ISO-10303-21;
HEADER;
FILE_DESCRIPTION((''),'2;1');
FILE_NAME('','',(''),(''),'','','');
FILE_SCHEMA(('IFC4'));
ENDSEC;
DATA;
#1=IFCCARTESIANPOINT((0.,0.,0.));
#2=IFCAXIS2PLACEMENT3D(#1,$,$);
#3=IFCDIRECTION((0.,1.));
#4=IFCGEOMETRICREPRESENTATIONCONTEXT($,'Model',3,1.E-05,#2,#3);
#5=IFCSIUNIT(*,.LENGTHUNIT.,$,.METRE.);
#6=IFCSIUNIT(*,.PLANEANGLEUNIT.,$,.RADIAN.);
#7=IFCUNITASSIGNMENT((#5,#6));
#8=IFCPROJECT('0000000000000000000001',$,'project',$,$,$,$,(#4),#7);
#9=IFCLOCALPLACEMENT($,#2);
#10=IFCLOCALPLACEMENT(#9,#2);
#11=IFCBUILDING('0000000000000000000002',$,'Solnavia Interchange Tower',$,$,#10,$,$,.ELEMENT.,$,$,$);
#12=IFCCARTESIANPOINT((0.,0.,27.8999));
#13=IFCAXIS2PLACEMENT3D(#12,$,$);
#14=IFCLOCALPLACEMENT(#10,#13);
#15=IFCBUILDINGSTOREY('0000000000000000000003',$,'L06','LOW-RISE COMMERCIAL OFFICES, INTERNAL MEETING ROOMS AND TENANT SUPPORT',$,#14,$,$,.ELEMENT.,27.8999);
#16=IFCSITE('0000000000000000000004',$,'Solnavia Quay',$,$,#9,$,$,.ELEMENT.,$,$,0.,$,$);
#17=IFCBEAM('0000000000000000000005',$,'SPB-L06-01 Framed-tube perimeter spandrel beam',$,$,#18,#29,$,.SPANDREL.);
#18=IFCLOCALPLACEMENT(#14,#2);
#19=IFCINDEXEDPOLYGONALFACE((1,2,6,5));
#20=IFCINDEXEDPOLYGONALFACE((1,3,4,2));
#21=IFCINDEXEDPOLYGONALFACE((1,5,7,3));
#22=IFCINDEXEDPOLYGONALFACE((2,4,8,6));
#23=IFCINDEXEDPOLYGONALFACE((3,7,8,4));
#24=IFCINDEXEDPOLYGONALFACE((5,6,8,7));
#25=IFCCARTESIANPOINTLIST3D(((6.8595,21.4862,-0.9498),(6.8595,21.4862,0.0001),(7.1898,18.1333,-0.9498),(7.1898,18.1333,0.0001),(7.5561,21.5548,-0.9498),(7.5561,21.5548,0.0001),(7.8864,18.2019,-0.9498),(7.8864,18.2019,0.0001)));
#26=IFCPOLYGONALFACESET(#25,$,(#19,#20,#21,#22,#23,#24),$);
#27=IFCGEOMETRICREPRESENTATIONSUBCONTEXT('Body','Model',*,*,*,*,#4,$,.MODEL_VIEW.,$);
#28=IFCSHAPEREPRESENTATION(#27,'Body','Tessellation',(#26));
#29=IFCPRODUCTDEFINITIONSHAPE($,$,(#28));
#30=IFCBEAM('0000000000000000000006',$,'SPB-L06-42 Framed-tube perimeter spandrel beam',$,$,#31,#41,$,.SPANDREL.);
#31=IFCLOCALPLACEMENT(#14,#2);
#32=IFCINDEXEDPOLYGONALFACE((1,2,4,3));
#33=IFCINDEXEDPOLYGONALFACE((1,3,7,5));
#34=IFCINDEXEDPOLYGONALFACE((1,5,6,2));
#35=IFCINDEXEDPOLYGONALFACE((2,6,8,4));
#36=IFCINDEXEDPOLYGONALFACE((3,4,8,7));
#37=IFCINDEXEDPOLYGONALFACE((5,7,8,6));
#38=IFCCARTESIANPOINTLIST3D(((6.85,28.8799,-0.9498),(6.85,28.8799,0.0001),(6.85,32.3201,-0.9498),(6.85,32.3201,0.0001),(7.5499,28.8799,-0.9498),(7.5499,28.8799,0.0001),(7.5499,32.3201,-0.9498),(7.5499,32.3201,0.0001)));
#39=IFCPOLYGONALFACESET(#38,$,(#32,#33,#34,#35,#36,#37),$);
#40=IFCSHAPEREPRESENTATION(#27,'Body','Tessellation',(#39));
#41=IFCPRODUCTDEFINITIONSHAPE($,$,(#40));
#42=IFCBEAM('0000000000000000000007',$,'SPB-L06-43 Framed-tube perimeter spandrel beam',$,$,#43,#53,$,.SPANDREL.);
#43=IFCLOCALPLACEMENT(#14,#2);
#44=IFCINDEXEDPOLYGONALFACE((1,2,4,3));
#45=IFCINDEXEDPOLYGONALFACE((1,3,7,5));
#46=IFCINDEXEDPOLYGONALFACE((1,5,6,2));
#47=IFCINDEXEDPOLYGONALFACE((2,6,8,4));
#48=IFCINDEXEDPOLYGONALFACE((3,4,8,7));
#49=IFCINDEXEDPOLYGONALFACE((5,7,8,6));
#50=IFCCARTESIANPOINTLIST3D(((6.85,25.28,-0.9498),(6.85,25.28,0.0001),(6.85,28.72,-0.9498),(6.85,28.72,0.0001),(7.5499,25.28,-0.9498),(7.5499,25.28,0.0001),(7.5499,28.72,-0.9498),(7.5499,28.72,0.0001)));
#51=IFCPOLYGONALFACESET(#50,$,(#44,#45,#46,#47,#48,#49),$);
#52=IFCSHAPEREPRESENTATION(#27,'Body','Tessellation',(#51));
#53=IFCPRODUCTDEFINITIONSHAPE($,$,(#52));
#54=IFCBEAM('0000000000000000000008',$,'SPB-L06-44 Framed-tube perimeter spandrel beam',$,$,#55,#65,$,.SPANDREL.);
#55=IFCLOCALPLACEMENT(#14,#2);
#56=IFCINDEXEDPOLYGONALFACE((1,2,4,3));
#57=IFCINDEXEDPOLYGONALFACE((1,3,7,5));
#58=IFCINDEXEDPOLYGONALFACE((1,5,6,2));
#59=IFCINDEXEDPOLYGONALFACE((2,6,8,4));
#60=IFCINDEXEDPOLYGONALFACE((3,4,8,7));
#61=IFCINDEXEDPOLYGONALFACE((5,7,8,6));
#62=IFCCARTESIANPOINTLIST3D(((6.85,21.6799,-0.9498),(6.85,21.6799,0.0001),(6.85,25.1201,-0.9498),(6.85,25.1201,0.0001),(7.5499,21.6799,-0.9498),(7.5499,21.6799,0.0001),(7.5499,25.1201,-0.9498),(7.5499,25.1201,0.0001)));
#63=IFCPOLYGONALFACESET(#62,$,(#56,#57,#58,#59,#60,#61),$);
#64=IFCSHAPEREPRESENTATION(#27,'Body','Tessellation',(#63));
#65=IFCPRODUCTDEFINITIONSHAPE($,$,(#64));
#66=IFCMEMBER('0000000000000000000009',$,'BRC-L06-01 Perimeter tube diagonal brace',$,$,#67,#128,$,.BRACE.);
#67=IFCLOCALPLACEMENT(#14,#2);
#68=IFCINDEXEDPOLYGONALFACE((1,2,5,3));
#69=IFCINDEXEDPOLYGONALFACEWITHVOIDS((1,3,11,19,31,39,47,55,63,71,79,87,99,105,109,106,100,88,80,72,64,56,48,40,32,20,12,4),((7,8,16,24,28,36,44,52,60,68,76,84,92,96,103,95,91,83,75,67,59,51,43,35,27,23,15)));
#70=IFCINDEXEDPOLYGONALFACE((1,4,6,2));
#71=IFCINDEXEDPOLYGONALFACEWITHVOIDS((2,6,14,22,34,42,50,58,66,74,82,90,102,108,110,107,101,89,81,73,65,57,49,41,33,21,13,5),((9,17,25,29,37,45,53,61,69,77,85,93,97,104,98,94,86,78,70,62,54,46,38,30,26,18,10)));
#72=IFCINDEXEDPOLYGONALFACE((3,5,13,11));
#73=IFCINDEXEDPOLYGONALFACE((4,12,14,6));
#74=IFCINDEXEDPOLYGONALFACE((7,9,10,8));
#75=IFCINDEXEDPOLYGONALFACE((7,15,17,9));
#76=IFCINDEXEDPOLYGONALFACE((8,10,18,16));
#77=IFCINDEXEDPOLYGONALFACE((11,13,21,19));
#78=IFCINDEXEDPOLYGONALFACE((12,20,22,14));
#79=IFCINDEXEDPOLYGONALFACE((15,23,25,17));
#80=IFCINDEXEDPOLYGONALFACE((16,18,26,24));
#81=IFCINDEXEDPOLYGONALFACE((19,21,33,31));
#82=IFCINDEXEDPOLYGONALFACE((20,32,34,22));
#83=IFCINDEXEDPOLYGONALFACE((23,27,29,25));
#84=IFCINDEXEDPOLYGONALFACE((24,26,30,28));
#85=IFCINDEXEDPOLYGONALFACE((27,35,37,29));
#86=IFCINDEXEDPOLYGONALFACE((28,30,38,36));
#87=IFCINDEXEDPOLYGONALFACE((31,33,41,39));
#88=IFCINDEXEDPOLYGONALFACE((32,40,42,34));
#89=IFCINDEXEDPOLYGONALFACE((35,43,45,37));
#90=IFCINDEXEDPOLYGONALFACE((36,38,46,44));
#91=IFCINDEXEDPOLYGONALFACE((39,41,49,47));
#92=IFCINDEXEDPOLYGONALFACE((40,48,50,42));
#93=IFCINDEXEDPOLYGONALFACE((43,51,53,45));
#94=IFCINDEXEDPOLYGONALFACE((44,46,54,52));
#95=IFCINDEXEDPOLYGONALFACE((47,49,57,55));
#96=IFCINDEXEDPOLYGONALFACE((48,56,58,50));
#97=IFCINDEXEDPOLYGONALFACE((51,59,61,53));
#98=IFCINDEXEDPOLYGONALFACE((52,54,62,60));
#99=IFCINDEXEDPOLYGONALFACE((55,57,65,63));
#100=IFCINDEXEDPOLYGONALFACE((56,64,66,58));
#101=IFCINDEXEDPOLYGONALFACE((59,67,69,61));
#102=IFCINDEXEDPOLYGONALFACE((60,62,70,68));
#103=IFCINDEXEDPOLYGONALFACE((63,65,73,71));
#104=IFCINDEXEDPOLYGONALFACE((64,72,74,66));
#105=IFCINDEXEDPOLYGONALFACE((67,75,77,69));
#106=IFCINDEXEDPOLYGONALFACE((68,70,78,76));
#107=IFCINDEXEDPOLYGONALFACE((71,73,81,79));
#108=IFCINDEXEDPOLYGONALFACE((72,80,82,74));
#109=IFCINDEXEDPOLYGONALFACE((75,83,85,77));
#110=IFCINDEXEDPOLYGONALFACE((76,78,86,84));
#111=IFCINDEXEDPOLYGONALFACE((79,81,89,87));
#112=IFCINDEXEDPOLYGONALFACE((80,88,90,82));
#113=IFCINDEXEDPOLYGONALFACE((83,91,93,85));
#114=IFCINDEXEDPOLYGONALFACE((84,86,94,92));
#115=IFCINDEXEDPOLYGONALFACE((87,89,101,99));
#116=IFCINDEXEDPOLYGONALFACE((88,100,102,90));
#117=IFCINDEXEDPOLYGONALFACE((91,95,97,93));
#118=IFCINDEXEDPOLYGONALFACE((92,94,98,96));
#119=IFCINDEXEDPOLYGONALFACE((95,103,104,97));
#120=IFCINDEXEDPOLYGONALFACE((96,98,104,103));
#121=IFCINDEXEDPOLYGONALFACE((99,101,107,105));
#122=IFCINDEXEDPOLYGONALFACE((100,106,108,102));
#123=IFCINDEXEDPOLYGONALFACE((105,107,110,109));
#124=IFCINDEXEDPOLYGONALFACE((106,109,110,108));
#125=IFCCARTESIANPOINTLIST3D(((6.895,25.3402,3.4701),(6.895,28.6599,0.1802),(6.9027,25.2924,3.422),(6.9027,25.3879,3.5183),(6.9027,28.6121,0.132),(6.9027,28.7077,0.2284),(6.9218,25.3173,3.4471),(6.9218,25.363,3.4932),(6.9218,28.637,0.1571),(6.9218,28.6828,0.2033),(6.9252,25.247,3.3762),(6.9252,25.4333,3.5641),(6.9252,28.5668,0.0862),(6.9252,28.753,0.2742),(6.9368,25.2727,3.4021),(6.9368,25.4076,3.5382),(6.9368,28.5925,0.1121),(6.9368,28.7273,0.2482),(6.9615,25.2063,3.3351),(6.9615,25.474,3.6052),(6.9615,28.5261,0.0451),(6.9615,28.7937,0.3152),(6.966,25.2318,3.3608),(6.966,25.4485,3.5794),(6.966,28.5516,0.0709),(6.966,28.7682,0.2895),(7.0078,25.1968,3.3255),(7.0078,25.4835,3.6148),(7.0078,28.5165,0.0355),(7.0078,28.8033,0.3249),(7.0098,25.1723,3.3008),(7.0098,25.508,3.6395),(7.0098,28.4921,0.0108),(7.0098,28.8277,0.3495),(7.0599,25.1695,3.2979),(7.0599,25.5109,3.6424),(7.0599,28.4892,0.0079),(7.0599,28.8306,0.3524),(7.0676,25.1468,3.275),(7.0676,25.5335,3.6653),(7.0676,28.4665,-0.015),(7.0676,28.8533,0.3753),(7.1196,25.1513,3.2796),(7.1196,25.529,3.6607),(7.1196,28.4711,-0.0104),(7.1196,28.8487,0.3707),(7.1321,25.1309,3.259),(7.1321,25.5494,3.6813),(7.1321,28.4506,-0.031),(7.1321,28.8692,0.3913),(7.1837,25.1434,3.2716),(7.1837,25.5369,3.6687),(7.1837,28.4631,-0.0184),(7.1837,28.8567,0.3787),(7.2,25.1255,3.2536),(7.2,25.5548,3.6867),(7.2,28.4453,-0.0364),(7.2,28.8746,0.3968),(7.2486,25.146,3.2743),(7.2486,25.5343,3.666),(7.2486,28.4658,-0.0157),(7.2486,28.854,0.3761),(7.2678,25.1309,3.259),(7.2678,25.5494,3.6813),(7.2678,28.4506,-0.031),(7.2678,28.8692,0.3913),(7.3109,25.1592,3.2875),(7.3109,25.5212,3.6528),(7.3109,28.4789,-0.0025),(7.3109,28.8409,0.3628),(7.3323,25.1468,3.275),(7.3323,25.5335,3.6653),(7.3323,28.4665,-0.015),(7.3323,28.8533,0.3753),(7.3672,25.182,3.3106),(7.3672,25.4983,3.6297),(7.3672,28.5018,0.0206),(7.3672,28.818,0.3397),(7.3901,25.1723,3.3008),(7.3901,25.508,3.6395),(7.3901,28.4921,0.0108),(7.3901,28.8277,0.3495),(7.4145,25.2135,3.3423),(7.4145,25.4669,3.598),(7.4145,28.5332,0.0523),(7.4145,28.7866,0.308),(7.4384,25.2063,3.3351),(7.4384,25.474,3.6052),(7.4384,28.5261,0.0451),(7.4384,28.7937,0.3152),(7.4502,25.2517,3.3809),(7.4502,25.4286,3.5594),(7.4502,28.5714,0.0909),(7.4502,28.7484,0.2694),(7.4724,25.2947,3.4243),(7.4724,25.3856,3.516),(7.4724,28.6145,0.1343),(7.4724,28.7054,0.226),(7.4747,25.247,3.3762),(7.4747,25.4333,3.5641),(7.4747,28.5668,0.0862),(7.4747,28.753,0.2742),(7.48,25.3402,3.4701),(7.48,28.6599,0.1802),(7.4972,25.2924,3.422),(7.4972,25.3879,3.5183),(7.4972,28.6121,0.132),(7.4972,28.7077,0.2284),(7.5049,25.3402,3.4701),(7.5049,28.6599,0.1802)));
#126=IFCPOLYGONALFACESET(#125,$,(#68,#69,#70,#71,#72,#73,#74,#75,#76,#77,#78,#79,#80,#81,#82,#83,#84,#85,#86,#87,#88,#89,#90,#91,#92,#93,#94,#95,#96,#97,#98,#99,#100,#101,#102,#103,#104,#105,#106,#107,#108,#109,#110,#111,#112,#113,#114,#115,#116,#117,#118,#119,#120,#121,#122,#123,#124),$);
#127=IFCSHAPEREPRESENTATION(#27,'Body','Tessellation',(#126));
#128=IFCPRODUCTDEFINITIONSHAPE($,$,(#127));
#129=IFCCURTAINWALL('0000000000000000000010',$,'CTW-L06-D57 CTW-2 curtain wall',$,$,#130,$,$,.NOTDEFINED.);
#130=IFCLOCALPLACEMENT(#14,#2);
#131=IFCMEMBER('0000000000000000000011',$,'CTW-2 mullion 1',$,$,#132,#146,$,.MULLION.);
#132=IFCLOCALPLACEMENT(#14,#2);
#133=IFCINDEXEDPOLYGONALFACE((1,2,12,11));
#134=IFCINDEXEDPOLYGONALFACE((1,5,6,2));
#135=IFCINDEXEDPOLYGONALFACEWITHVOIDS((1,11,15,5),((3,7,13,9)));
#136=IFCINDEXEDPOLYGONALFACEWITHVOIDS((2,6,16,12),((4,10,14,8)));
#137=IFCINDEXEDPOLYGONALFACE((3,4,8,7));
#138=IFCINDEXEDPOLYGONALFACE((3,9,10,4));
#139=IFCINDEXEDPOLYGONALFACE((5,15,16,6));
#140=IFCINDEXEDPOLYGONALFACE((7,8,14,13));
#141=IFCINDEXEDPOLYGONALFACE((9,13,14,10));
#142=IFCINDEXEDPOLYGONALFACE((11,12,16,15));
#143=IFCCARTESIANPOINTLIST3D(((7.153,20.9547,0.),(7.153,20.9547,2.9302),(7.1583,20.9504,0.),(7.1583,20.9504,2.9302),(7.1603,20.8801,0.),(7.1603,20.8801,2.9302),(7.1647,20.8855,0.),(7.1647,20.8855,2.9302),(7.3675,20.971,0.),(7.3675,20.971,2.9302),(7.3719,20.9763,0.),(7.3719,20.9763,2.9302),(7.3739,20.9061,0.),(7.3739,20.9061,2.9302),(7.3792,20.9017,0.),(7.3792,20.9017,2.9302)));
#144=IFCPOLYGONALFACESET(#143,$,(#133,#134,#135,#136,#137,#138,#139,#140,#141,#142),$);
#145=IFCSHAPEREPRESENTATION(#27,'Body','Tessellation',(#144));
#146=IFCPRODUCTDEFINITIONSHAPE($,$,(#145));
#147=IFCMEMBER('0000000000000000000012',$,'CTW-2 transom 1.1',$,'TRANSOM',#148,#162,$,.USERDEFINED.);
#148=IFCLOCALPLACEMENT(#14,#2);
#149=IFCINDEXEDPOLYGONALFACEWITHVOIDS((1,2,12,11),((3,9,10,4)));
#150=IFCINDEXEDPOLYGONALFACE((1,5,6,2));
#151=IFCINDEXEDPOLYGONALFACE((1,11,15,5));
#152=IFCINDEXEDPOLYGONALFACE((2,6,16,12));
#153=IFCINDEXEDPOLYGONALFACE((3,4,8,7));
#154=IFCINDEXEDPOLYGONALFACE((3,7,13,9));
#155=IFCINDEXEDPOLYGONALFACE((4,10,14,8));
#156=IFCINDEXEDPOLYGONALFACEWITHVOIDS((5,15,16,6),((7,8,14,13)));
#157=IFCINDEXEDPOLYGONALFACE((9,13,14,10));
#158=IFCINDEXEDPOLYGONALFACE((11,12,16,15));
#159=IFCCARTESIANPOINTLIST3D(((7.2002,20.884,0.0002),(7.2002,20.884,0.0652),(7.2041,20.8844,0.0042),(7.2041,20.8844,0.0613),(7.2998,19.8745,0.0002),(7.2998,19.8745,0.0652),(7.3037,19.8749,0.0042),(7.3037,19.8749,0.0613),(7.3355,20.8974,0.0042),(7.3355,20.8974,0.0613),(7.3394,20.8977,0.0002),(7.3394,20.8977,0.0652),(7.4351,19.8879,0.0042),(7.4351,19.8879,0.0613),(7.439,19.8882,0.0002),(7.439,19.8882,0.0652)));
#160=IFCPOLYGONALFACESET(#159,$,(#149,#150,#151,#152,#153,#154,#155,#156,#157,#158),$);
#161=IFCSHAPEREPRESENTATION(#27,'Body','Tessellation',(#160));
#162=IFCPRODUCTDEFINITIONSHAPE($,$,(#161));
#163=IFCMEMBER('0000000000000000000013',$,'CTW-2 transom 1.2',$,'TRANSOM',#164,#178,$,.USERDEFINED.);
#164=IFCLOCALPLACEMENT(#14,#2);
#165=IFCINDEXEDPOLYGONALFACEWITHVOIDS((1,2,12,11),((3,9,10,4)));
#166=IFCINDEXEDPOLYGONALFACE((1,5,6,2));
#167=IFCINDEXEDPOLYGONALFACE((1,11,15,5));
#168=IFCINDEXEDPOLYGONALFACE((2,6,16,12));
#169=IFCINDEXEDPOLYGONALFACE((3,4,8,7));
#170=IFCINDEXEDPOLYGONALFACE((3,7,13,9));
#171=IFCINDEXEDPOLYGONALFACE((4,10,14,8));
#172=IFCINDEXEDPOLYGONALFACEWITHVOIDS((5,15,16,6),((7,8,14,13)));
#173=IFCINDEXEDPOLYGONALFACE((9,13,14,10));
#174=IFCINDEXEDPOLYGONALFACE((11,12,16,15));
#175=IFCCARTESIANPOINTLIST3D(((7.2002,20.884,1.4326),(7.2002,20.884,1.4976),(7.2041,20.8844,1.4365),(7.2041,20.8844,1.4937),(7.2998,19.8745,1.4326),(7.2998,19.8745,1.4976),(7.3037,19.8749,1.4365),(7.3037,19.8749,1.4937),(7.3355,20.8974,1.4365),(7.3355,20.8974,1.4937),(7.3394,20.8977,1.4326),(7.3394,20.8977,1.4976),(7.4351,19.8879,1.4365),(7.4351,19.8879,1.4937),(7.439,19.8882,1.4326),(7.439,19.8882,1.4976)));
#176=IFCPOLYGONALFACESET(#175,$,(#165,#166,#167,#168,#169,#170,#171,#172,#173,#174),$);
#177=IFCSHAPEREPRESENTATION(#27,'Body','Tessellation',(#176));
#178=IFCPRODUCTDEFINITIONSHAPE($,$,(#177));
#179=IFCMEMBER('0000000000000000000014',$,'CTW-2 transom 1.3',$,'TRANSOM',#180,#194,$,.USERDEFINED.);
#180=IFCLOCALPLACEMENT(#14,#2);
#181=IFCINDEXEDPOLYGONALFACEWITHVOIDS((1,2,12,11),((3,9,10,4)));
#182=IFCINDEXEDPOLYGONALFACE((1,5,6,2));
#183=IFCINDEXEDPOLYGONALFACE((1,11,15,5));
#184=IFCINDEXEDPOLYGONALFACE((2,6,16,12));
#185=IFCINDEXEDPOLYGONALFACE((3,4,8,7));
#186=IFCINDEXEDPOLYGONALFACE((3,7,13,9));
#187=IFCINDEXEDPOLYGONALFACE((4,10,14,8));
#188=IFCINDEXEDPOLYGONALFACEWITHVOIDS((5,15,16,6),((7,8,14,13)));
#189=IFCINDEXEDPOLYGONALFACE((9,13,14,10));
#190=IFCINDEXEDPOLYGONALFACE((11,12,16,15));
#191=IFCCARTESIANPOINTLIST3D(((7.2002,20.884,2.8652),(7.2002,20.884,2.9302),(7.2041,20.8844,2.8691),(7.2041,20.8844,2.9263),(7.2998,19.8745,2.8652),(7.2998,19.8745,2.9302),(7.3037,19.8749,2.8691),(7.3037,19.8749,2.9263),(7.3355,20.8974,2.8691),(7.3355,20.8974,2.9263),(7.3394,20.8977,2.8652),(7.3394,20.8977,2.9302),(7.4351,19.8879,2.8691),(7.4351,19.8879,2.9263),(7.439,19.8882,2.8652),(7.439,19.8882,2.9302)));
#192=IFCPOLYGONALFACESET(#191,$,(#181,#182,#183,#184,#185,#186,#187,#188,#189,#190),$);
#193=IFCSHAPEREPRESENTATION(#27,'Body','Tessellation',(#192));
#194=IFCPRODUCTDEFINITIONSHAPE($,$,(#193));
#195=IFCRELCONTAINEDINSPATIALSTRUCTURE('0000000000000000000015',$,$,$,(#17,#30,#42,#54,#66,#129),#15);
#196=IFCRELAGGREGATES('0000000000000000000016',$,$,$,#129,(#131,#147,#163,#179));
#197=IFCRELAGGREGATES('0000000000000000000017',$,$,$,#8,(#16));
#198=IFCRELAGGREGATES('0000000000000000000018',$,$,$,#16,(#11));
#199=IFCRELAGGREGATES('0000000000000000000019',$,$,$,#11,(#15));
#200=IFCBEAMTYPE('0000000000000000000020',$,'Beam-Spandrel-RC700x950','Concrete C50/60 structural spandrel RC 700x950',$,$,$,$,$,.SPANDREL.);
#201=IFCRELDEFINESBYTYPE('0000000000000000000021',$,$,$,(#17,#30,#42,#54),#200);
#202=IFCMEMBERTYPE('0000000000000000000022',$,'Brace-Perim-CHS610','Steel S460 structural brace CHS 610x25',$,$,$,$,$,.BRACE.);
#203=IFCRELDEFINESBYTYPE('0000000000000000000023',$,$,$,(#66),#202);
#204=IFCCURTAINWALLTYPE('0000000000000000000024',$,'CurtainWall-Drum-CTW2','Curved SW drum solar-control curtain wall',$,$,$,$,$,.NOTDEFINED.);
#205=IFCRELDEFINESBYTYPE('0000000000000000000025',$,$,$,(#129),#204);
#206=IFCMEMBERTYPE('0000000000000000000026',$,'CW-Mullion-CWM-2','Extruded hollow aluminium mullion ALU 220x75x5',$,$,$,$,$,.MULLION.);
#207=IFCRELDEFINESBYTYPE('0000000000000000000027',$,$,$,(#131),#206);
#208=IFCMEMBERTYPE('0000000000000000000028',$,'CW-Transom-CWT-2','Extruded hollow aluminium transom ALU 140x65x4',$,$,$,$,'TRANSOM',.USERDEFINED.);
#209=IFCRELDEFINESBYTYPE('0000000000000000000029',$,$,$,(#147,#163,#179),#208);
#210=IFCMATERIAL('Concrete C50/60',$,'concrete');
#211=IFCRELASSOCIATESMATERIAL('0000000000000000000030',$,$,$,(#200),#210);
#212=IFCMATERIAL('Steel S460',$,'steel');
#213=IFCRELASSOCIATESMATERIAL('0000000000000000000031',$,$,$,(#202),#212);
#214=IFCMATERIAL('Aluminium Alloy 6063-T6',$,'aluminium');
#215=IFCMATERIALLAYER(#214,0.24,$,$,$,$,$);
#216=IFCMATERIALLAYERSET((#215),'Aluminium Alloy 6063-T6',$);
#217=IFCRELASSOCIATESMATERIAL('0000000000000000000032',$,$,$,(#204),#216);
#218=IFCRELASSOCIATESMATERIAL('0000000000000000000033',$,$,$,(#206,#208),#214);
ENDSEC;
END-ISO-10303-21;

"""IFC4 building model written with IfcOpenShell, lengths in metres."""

from ifc_helpers import new_model, si_unit, direction, frame, origin, origin_2d, place, context, subcontext, project, spatial, rectangle, hollow_rectangle, hollow_circle, extrude, material, layer, layer_set, material_profile, profile_set, type_object, element, aggregate, save


model = new_model("IFC4")

# Units and contexts
model_context = context("Model", 3, precision=1e-05, world=origin(), true_north=direction((0.0, 1.0)))
body_context = subcontext(model_context, "Body", "Model", "MODEL_VIEW")
ifc_project = project(units=[si_unit("LENGTHUNIT", "METRE"), si_unit("PLANEANGLEUNIT", "RADIAN")], contexts=[model_context])

# Site, building, storey
site_placement = place(None, origin())
site = spatial("IfcSite", under=ifc_project, at=site_placement, Name="Solnavia Quay", CompositionType="ELEMENT", RefElevation=0.0)
building_placement = place(site_placement, origin())
building = spatial("IfcBuilding", under=site, at=building_placement, Name="Solnavia Interchange Tower", CompositionType="ELEMENT")
storey_placement = place(building_placement, frame((0.0, 0.0, 27.8999)))
storey = spatial("IfcBuildingStorey", under=building, at=storey_placement, Name="L06", Description="LOW-RISE COMMERCIAL OFFICES, INTERNAL MEETING ROOMS AND TENANT SUPPORT", CompositionType="ELEMENT", Elevation=27.8999)

# Beams
ifc_material_1 = material(Name="Steel S460", Category="steel")
ifc_material_2 = material(Name="Concrete C50/60", Category="concrete")
ifc_material_profile_1 = material_profile(ifc_material_2, rectangle(XDim=0.7, YDim=0.95, at=origin_2d()), Name="RC 700x950")
ifc_profile_set_1 = profile_set([ifc_material_profile_1], Name="Concrete C50/60")
beam_type_1 = type_object("IfcBeamType", Name="Beam-Spandrel-RC700x950", Description="Concrete C50/60 structural spandrel RC 700x950", PredefinedType="SPANDREL", material=ifc_profile_set_1)
beam_1_placement = place(storey_placement, frame((7.2078, 21.5205, -0.4749), z_axis=(0.09804, -0.995182, 0.0), x_axis=(0.995182, 0.09804, 0.0)))
element("IfcBeam", 1, at=beam_1_placement, inside=storey, type_object=beam_type_1, Name="SPB-L06-01 Framed-tube perimeter spandrel beam", PredefinedType="SPANDREL", context=body_context, shape_type="SweptSolid", body=[
    extrude(rectangle(XDim=0.7, YDim=0.95, at=origin_2d()), origin(), (0.0, 0.0, 1.0), 3.3691),
])
beam_2_placement = place(storey_placement, frame((7.2, 32.3201, -0.4749), z_axis=(0.0, -1.0, 0.0), x_axis=(1.0, 0.0, 0.0)))
element("IfcBeam", 2, at=beam_2_placement, inside=storey, type_object=beam_type_1, Name="SPB-L06-42 Framed-tube perimeter spandrel beam", PredefinedType="SPANDREL", context=body_context, shape_type="SweptSolid", body=[
    extrude(rectangle(XDim=0.7, YDim=0.95, at=origin_2d()), origin(), (0.0, 0.0, 1.0), 3.4402),
])
beam_3_placement = place(storey_placement, frame((7.2, 28.72, -0.4749), z_axis=(0.0, -1.0, 0.0), x_axis=(1.0, 0.0, 0.0)))
element("IfcBeam", 3, at=beam_3_placement, inside=storey, type_object=beam_type_1, Name="SPB-L06-43 Framed-tube perimeter spandrel beam", PredefinedType="SPANDREL", context=body_context, shape_type="SweptSolid", body=[
    extrude(rectangle(XDim=0.7, YDim=0.95, at=origin_2d()), origin(), (0.0, 0.0, 1.0), 3.4399),
])
beam_4_placement = place(storey_placement, frame((7.2, 25.1201, -0.4749), z_axis=(0.0, -1.0, 0.0), x_axis=(1.0, 0.0, 0.0)))
element("IfcBeam", 4, at=beam_4_placement, inside=storey, type_object=beam_type_1, Name="SPB-L06-44 Framed-tube perimeter spandrel beam", PredefinedType="SPANDREL", context=body_context, shape_type="SweptSolid", body=[
    extrude(rectangle(XDim=0.7, YDim=0.95, at=origin_2d()), origin(), (0.0, 0.0, 1.0), 3.4402),
])

# Member
ifc_material_profile_2 = material_profile(ifc_material_1, hollow_circle(Radius=0.3049, WallThickness=0.0249, at=origin_2d()), Name="CHS 610x25")
ifc_profile_set_2 = profile_set([ifc_material_profile_2], Name="Steel S460")
member_type_1 = type_object("IfcMemberType", Name="Brace-Perim-CHS610", Description="Steel S460 structural brace CHS 610x25", PredefinedType="BRACE", material=ifc_profile_set_2)
member_1_placement = place(storey_placement, frame((7.2, 28.6599, 0.1802), z_axis=(0.0, -0.710286, 0.703913), x_axis=(1.0, 0.0, 0.0)))
element("IfcMember", 5, at=member_1_placement, inside=storey, type_object=member_type_1, Name="BRC-L06-01 Perimeter tube diagonal brace", PredefinedType="BRACE", context=body_context, shape_type="SweptSolid", body=[
    extrude(hollow_circle(Radius=0.3049, WallThickness=0.0249, at=origin_2d()), origin(), (0.0, 0.0, 1.0), 4.6738),
])

# Curtain wall, members
ifc_material_3 = material(Name="Aluminium Alloy 6063-T6", Category="aluminium")
ifc_layer_1 = layer(ifc_material_3, 0.24)
ifc_layer_set_1 = layer_set([ifc_layer_1], Name="Aluminium Alloy 6063-T6")
curtain_wall_type = type_object("IfcCurtainWallType", Name="CurtainWall-Drum-CTW2", Description="Curved SW drum solar-control curtain wall", PredefinedType="NOTDEFINED", material=ifc_layer_set_1)
curtain_wall_placement = place(storey_placement, origin())
curtain_wall = element("IfcCurtainWall", 6, at=curtain_wall_placement, inside=storey, type_object=curtain_wall_type, Name="CTW-L06-D57 CTW-2 curtain wall", PredefinedType="NOTDEFINED")
ifc_material_profile_3 = material_profile(ifc_material_3, hollow_rectangle(XDim=0.075, YDim=0.22, WallThickness=0.0049, at=origin_2d()), Name="ALU 220x75x5")
ifc_profile_set_3 = profile_set([ifc_material_profile_3], Name="Aluminium Alloy 6063-T6")
member_type_2 = type_object("IfcMemberType", Name="CW-Mullion-CWM-2", Description="Extruded hollow aluminium mullion ALU 220x75x5", PredefinedType="MULLION", material=ifc_profile_set_3)
member_2_placement = place(storey_placement, frame((7.2661, 20.9282, 0.0), z_axis=(0.0, 0.0, 1.0), x_axis=(0.098045, -0.995182, 0.0)))
member_2 = element("IfcMember", 7, at=member_2_placement, type_object=member_type_2, Name="CTW-2 mullion 1", PredefinedType="MULLION", context=body_context, shape_type="SweptSolid", body=[
    extrude(hollow_rectangle(XDim=0.075, YDim=0.22, WallThickness=0.0049, at=origin_2d()), origin(), (0.0, 0.0, 1.0), 2.9302),
])
ifc_material_profile_4 = material_profile(ifc_material_3, hollow_rectangle(XDim=0.0649, YDim=0.1399, WallThickness=0.0039, at=origin_2d()), Name="ALU 140x65x4")
ifc_profile_set_4 = profile_set([ifc_material_profile_4], Name="Aluminium Alloy 6063-T6")
member_type_3 = type_object("IfcMemberType", Name="CW-Transom-CWT-2", Description="Extruded hollow aluminium transom ALU 140x65x4", ElementType="TRANSOM", PredefinedType="USERDEFINED", material=ifc_profile_set_4)
member_3_placement = place(storey_placement, frame((7.2698, 20.8909, 0.0327), z_axis=(0.098193, -0.995167, 0.0), x_axis=(0.0, 0.0, 1.0)))
member_3 = element("IfcMember", 8, at=member_3_placement, type_object=member_type_3, Name="CTW-2 transom 1.1", ObjectType="TRANSOM", PredefinedType="USERDEFINED", context=body_context, shape_type="SweptSolid", body=[
    extrude(hollow_rectangle(XDim=0.0649, YDim=0.1399, WallThickness=0.0039, at=origin_2d()), origin(), (0.0, 0.0, 1.0), 1.0144),
])
member_4_placement = place(storey_placement, frame((7.2698, 20.8909, 1.4651), z_axis=(0.098193, -0.995167, 0.0), x_axis=(0.0, 0.0, 1.0)))
member_4 = element("IfcMember", 9, at=member_4_placement, type_object=member_type_3, Name="CTW-2 transom 1.2", ObjectType="TRANSOM", PredefinedType="USERDEFINED", context=body_context, shape_type="SweptSolid", body=[
    extrude(hollow_rectangle(XDim=0.0649, YDim=0.1399, WallThickness=0.0039, at=origin_2d()), origin(), (0.0, 0.0, 1.0), 1.0144),
])
member_5_placement = place(storey_placement, frame((7.2698, 20.8909, 2.8977), z_axis=(0.098193, -0.995167, 0.0), x_axis=(0.0, 0.0, 1.0)))
member_5 = element("IfcMember", 10, at=member_5_placement, type_object=member_type_3, Name="CTW-2 transom 1.3", ObjectType="TRANSOM", PredefinedType="USERDEFINED", context=body_context, shape_type="SweptSolid", body=[
    extrude(hollow_rectangle(XDim=0.0649, YDim=0.1399, WallThickness=0.0039, at=origin_2d()), origin(), (0.0, 0.0, 1.0), 1.0144),
])
aggregate(curtain_wall, [member_2, member_3, member_4, member_5])

save(model, "model.ifc")
